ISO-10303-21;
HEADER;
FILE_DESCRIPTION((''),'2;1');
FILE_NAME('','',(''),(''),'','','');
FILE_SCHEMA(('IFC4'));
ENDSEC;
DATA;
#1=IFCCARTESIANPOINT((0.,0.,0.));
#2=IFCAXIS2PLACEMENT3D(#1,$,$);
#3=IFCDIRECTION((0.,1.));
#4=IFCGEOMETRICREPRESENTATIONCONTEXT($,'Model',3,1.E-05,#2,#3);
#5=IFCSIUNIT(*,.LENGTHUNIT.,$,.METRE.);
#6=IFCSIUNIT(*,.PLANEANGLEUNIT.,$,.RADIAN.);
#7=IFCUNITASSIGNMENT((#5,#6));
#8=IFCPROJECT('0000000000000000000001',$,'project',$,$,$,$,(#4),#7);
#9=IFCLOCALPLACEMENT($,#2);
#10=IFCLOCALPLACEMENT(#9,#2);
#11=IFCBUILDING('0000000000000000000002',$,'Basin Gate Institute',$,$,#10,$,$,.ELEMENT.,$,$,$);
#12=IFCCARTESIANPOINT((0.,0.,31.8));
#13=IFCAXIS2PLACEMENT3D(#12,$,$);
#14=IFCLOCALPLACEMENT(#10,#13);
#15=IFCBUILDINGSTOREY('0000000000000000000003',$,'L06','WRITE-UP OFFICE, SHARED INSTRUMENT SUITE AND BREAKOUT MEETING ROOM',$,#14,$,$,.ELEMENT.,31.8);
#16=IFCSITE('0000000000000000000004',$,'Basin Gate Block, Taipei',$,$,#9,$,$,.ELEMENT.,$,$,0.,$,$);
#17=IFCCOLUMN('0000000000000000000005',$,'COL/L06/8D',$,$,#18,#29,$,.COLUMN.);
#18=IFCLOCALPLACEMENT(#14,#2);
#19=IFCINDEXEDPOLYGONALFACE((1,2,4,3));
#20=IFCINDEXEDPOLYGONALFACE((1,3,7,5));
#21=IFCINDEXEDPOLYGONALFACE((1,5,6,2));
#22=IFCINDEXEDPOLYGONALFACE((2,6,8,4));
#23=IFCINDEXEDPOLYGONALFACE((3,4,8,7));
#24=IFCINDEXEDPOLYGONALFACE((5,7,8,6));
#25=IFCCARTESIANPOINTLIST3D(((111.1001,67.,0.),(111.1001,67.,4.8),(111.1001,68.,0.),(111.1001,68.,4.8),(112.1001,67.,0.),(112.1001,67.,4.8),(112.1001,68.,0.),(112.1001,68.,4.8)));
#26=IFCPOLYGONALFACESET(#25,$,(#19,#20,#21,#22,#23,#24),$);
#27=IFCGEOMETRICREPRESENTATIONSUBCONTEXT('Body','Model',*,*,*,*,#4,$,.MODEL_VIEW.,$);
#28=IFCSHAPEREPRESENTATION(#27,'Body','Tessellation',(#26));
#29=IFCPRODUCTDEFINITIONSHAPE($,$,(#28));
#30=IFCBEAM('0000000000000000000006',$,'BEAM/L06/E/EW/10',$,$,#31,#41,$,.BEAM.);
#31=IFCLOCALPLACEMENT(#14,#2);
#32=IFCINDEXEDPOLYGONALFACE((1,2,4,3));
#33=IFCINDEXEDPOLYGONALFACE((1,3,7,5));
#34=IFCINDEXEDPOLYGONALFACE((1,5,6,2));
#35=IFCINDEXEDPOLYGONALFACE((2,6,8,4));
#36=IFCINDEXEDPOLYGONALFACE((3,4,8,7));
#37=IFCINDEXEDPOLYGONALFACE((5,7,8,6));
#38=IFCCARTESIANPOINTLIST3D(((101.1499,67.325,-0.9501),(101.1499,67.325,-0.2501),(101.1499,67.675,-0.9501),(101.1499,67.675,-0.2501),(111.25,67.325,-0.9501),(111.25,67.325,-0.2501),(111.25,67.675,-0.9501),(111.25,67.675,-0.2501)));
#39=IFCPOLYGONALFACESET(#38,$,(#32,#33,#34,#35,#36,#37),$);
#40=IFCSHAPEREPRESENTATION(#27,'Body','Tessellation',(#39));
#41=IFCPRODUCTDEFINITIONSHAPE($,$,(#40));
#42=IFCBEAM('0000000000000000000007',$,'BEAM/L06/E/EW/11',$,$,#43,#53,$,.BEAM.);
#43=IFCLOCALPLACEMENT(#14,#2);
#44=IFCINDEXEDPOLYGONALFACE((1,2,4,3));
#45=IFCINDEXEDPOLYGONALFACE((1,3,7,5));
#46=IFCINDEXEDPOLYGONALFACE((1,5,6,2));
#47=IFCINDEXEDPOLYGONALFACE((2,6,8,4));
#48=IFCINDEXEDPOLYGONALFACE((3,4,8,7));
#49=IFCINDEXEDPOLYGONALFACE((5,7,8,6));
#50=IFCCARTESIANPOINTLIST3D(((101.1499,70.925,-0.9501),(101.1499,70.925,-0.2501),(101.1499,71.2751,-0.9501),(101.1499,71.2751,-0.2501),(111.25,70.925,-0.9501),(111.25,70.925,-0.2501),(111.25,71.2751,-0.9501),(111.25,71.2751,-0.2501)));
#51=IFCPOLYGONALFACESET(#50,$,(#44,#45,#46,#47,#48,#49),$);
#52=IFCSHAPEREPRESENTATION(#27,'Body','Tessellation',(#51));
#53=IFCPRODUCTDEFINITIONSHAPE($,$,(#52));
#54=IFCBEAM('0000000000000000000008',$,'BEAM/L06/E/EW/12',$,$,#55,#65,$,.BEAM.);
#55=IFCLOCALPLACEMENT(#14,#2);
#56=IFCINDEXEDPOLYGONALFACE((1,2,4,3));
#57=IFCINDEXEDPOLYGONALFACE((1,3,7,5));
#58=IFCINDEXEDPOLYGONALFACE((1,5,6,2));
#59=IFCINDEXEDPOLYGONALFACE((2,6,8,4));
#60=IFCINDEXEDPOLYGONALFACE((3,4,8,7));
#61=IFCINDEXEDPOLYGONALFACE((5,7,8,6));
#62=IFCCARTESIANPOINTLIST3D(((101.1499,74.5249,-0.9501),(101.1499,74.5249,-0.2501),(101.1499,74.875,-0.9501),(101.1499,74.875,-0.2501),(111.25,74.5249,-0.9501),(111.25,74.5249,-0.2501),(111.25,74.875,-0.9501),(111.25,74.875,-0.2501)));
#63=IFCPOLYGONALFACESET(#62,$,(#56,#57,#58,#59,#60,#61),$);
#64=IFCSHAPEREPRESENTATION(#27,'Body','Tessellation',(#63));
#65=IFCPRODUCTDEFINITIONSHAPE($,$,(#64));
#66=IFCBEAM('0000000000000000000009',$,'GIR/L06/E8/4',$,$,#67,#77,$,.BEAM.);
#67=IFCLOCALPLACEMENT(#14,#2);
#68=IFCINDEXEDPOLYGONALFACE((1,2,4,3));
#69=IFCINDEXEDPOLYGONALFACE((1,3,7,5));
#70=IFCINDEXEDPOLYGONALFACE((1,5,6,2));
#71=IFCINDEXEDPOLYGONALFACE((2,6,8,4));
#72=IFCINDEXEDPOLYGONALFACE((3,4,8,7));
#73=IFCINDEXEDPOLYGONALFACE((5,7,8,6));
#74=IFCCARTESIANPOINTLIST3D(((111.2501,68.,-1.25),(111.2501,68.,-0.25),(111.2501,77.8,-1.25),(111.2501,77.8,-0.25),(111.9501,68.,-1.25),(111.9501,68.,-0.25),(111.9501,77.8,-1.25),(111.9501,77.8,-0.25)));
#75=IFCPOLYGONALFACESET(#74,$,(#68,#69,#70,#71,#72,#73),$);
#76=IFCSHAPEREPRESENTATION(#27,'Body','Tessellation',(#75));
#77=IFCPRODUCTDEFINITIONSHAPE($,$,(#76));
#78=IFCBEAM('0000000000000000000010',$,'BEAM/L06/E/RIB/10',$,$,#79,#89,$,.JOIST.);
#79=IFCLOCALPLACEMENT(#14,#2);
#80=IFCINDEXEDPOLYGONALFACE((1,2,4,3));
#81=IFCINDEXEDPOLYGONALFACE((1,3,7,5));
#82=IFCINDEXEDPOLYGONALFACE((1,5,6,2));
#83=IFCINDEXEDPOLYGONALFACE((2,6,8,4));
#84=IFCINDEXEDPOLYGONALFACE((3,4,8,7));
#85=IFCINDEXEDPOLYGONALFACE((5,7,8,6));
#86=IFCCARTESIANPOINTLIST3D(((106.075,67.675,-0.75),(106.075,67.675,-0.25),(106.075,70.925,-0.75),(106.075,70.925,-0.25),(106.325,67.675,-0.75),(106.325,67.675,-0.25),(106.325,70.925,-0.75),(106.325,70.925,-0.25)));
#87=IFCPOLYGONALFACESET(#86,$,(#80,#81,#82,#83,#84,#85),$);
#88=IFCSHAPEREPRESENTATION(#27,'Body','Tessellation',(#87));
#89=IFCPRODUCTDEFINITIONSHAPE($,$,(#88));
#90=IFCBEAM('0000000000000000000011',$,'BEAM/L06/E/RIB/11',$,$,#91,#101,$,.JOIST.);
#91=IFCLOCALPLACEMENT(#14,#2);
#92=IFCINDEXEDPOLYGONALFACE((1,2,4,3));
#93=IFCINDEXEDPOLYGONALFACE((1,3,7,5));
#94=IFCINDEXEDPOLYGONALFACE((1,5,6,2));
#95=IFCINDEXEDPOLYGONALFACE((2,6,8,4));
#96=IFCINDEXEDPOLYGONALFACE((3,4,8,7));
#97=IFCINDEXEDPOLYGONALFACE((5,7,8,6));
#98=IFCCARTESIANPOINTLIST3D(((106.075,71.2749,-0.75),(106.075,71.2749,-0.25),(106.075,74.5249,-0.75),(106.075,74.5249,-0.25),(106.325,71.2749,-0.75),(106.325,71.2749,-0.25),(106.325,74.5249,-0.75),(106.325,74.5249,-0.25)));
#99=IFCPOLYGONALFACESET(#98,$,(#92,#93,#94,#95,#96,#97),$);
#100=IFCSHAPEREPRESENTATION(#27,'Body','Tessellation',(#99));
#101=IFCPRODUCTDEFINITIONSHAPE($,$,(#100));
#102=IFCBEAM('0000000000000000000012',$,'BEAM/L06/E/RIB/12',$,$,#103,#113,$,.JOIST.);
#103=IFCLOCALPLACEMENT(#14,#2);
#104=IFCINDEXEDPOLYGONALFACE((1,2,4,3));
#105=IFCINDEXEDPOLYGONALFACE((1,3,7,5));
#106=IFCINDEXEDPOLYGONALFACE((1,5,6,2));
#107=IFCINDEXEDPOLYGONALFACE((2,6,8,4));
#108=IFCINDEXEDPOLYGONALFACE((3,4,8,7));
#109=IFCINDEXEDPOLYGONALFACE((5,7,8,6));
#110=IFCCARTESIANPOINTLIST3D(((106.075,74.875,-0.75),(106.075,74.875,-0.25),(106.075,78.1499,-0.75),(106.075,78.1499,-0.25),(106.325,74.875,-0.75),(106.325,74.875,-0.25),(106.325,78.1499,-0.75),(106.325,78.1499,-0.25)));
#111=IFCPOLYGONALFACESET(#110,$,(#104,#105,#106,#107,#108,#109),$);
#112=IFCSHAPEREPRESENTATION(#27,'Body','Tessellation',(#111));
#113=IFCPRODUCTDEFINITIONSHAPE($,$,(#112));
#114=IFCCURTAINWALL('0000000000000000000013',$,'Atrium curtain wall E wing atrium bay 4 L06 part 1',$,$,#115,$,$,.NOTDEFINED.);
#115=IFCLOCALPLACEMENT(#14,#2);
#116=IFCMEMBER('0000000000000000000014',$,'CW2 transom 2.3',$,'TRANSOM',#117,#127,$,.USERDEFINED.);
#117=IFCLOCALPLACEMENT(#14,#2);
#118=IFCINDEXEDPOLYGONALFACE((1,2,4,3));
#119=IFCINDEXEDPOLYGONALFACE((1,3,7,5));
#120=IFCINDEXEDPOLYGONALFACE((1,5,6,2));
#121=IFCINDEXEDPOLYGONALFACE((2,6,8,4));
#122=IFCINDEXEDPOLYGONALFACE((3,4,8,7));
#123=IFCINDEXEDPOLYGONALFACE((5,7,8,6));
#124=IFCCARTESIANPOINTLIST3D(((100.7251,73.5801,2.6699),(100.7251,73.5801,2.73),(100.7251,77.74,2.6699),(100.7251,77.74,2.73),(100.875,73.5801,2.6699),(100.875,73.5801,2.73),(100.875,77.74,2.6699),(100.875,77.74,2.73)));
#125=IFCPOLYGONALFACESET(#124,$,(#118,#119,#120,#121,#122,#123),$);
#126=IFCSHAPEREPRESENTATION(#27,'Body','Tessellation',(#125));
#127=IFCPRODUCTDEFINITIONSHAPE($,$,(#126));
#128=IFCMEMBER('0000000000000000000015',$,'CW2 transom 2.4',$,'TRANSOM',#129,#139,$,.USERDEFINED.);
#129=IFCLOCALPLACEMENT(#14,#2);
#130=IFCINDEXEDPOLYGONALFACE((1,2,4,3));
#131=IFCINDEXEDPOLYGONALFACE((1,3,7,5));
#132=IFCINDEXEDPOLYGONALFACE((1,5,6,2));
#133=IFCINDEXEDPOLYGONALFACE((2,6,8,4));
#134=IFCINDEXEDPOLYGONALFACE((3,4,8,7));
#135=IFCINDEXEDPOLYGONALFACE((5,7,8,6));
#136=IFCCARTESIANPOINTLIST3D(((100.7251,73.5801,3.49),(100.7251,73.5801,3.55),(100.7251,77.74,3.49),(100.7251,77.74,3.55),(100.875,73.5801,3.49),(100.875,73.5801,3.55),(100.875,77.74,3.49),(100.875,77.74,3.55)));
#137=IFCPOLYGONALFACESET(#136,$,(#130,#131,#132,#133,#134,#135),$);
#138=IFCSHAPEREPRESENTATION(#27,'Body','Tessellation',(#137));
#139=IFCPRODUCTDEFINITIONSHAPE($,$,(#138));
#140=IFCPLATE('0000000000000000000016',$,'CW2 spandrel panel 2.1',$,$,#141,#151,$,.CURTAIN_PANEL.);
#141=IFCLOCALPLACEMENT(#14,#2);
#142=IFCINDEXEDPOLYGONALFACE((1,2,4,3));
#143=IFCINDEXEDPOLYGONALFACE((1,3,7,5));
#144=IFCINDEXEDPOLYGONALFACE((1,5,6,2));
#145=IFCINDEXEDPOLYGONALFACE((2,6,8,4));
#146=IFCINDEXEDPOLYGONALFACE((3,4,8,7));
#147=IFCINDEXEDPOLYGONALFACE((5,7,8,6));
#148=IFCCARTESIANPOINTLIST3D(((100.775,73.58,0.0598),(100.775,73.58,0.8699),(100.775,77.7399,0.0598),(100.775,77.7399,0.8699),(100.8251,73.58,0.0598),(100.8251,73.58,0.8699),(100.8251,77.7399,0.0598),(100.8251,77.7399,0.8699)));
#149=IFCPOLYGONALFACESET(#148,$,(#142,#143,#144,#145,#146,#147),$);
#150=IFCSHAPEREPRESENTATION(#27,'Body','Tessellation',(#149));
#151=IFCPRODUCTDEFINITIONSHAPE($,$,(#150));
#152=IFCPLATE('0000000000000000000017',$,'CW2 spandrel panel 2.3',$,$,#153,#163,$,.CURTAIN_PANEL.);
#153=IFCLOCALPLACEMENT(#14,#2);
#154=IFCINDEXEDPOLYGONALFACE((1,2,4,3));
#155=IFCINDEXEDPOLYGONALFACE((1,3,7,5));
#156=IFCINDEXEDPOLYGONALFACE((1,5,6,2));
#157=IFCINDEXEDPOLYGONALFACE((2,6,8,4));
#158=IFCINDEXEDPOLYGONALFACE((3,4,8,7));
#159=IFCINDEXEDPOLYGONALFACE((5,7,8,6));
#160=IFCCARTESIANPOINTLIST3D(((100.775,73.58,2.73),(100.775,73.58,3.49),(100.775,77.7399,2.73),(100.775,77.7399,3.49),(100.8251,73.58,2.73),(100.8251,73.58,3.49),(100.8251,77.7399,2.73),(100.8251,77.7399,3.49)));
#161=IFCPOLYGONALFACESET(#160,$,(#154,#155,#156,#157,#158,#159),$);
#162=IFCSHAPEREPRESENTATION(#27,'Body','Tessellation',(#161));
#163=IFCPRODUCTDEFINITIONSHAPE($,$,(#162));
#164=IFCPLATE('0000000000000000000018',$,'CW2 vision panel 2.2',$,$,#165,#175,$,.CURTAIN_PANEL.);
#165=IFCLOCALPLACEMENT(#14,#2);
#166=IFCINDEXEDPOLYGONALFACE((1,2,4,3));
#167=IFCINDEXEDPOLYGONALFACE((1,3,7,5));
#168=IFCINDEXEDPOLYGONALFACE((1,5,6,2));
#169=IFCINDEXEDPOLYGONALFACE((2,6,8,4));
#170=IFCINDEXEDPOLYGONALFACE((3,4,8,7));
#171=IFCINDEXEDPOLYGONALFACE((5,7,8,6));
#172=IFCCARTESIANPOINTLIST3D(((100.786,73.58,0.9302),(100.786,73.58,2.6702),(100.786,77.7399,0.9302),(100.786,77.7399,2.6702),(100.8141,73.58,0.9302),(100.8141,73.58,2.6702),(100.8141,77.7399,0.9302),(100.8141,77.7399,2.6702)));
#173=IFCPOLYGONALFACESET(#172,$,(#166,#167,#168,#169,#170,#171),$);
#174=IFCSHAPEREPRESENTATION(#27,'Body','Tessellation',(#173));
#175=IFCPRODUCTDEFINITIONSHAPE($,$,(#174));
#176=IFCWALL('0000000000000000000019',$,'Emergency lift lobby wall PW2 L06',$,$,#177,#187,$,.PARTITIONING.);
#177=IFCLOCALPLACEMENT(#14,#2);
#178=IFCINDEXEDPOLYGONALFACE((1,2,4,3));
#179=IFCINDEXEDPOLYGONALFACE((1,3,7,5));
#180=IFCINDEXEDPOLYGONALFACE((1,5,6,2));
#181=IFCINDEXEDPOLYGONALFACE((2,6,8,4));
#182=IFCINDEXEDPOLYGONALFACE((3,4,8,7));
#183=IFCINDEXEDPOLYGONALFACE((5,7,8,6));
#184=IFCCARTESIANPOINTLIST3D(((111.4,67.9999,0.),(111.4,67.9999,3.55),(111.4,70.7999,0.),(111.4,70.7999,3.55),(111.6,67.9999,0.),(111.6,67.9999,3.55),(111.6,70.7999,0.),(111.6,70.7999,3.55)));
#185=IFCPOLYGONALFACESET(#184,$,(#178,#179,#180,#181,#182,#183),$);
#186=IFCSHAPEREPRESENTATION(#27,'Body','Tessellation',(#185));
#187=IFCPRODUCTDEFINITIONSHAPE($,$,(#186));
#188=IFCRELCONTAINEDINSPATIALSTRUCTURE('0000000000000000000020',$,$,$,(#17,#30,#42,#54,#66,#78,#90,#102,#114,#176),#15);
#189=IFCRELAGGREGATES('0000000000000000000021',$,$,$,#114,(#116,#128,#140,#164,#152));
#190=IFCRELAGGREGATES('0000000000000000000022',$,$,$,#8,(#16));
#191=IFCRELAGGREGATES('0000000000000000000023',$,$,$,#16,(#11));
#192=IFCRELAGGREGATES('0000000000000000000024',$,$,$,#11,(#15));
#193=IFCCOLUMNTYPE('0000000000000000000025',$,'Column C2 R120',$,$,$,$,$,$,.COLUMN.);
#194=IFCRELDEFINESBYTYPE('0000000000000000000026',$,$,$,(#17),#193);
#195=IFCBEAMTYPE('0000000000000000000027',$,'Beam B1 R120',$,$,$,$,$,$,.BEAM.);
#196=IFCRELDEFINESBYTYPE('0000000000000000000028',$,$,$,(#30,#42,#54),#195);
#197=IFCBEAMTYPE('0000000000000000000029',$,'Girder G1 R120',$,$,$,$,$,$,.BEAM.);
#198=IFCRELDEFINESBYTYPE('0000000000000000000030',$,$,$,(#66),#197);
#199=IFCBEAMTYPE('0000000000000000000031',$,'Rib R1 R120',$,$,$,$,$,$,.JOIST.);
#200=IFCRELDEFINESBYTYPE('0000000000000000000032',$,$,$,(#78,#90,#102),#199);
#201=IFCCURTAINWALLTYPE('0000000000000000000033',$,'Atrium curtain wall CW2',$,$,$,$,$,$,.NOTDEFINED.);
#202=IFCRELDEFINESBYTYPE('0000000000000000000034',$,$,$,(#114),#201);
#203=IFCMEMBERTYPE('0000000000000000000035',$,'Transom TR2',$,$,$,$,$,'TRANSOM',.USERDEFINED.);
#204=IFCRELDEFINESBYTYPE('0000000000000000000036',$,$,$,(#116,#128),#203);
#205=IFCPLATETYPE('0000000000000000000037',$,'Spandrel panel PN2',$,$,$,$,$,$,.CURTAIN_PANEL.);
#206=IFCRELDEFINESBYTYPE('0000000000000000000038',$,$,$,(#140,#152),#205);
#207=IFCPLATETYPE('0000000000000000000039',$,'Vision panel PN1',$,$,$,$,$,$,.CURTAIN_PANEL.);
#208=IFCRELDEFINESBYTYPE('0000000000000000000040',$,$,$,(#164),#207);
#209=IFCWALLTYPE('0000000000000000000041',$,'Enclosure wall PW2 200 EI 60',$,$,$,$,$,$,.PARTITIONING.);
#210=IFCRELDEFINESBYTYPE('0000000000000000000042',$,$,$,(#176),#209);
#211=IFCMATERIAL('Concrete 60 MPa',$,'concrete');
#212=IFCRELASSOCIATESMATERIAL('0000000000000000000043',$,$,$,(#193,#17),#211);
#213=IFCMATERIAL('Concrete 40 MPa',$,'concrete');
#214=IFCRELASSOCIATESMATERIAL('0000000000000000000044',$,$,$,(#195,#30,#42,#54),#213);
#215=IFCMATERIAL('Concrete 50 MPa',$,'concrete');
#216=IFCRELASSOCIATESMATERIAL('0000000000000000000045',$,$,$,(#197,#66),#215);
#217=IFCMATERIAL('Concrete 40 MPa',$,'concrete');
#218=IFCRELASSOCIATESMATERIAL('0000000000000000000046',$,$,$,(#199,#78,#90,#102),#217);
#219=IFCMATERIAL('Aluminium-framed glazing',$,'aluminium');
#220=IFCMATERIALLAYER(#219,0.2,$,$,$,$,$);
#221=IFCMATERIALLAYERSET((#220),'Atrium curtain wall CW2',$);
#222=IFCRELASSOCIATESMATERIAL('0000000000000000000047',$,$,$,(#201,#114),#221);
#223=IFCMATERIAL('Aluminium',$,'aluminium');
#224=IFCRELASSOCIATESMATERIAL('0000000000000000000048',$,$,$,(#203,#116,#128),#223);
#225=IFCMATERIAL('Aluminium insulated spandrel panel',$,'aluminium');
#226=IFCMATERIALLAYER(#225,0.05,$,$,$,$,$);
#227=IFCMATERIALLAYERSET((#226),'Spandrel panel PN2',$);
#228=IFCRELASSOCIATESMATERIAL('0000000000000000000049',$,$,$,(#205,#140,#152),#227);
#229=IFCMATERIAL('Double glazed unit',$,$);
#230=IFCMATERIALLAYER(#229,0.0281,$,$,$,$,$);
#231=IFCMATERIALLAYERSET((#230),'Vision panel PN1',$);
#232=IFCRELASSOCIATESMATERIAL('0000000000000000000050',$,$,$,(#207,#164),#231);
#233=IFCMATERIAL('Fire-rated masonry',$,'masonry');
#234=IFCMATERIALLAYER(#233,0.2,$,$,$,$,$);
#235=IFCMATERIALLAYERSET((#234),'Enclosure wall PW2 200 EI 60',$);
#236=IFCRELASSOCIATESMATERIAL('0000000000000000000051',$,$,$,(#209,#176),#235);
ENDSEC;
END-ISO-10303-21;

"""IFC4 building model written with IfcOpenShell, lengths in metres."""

from ifc_helpers import new_model, si_unit, direction, frame, frame_2d, origin, origin_2d, place, context, subcontext, project, spatial, rectangle, extrude, material, layer, layer_set, material_profile, profile_set, type_object, element, aggregate, save


model = new_model("IFC4")

# Units and contexts
model_context = context("Model", 3, precision=1e-05, world=origin(), true_north=direction((0.0, 1.0)))
body_context = subcontext(model_context, "Body", "Model", "MODEL_VIEW")
ifc_project = project(units=[si_unit("LENGTHUNIT", "METRE"), si_unit("PLANEANGLEUNIT", "RADIAN")], contexts=[model_context])

# Site, building, storey
site_placement = place(None, origin())
site = spatial("IfcSite", under=ifc_project, at=site_placement, Name="Basin Gate Block, Taipei", CompositionType="ELEMENT", RefElevation=0.0)
building_placement = place(site_placement, origin())
building = spatial("IfcBuilding", under=site, at=building_placement, Name="Basin Gate Institute", CompositionType="ELEMENT")
storey_placement = place(building_placement, frame((0.0, 0.0, 31.8)))
storey = spatial("IfcBuildingStorey", under=building, at=storey_placement, Name="L06", Description="WRITE-UP OFFICE, SHARED INSTRUMENT SUITE AND BREAKOUT MEETING ROOM", CompositionType="ELEMENT", Elevation=31.8)

# Column
ifc_material_1 = material(Name="Concrete 60 MPa", Category="concrete")
ifc_material_profile_1 = material_profile(ifc_material_1, rectangle(XDim=1.0, YDim=1.0, at=origin_2d()), Name="Column C2 1000 x 1000")
ifc_profile_set_1 = profile_set([ifc_material_profile_1], Name="Concrete 60 MPa")
column_type = type_object("IfcColumnType", Name="Column C2 R120", PredefinedType="COLUMN", material=ifc_profile_set_1)
column_placement = place(storey_placement, frame((111.6001, 67.5, 0.0), z_axis=(0.0, 0.0, 1.0), x_axis=(1.0, 0.0, 0.0)))
element("IfcColumn", 1, at=column_placement, inside=storey, type_object=column_type, material=ifc_profile_set_1, Name="COL/L06/8D", PredefinedType="COLUMN", context=body_context, shape_type="SweptSolid", body=[
    extrude(rectangle(XDim=1.0, YDim=1.0, at=origin_2d()), origin(), (0.0, 0.0, 1.0), 4.8),
])

# Beams
ifc_material_2 = material(Name="Concrete 40 MPa", Category="concrete")
ifc_material_profile_2 = material_profile(ifc_material_2, rectangle(XDim=0.3501, YDim=0.7, at=origin_2d()), Name="Beam B1 350 x 700")
ifc_profile_set_2 = profile_set([ifc_material_profile_2], Name="Concrete 40 MPa")
beam_type_1 = type_object("IfcBeamType", Name="Beam B1 R120", PredefinedType="BEAM", material=ifc_profile_set_2)
for number, where, z_axis, x_axis, name in (
    (2, (111.25, 67.5, -0.6001), (-1.0, 0.0, 0.0), (0.0, -1.0, 0.0), "BEAM/L06/E/EW/10"),
    (3, (111.25, 71.1001, -0.6001), (-1.0, 0.0, 0.0), (0.0, -1.0, 0.0), "BEAM/L06/E/EW/11"),
    (4, (111.25, 74.7, -0.6001), (-1.0, 0.0, 0.0), (0.0, -1.0, 0.0), "BEAM/L06/E/EW/12"),
):
    element("IfcBeam", number, at=place(storey_placement, frame(where, z_axis=z_axis, x_axis=x_axis)), inside=storey, type_object=beam_type_1, material=ifc_profile_set_2, Name=name, PredefinedType="BEAM", context=body_context, shape_type="SweptSolid", body=[
        extrude(rectangle(XDim=0.3501, YDim=0.7, at=origin_2d()), origin(), (0.0, 0.0, 1.0), 10.1001),
    ])
ifc_material_3 = material(Name="Concrete 50 MPa", Category="concrete")
ifc_material_profile_3 = material_profile(ifc_material_3, rectangle(XDim=0.7, YDim=1.0, at=origin_2d()), Name="Girder G1 700 x 1000")
ifc_profile_set_3 = profile_set([ifc_material_profile_3], Name="Concrete 50 MPa")
beam_type_2 = type_object("IfcBeamType", Name="Girder G1 R120", PredefinedType="BEAM", material=ifc_profile_set_3)
beam_1_placement = place(storey_placement, frame((111.6001, 68.0, -0.75), z_axis=(0.0, 1.0, 0.0), x_axis=(-1.0, 0.0, 0.0)))
element("IfcBeam", 5, at=beam_1_placement, inside=storey, type_object=beam_type_2, material=ifc_profile_set_3, Name="GIR/L06/E8/4", PredefinedType="BEAM", context=body_context, shape_type="SweptSolid", body=[
    extrude(rectangle(XDim=0.7, YDim=1.0, at=origin_2d()), origin(), (0.0, 0.0, 1.0), 9.8),
])
ifc_material_4 = material(Name="Concrete 40 MPa", Category="concrete")
ifc_material_profile_4 = material_profile(ifc_material_4, rectangle(XDim=0.25, YDim=0.5, at=origin_2d()), Name="Rib R1 250 x 500")
ifc_profile_set_4 = profile_set([ifc_material_profile_4], Name="Concrete 40 MPa")
beam_type_3 = type_object("IfcBeamType", Name="Rib R1 R120", PredefinedType="JOIST", material=ifc_profile_set_4)
for number, where, z_axis, x_axis, name in (
    (6, (106.2, 67.675, -0.5), (0.0, 1.0, 0.0), (-1.0, 0.0, 0.0), "BEAM/L06/E/RIB/10"),
    (7, (106.2, 71.2749, -0.5), (0.0, 1.0, 0.0), (-1.0, 0.0, 0.0), "BEAM/L06/E/RIB/11"),
):
    element("IfcBeam", number, at=place(storey_placement, frame(where, z_axis=z_axis, x_axis=x_axis)), inside=storey, type_object=beam_type_3, material=ifc_profile_set_4, Name=name, PredefinedType="JOIST", context=body_context, shape_type="SweptSolid", body=[
        extrude(rectangle(XDim=0.25, YDim=0.5, at=origin_2d()), origin(), (0.0, 0.0, 1.0), 3.25),
    ])
beam_2_placement = place(storey_placement, frame((106.2, 74.875, -0.5), z_axis=(0.0, 1.0, 0.0), x_axis=(-1.0, 0.0, 0.0)))
element("IfcBeam", 8, at=beam_2_placement, inside=storey, type_object=beam_type_3, material=ifc_profile_set_4, Name="BEAM/L06/E/RIB/12", PredefinedType="JOIST", context=body_context, shape_type="SweptSolid", body=[
    extrude(rectangle(XDim=0.25, YDim=0.5, at=origin_2d()), origin(), (0.0, 0.0, 1.0), 3.2749),
])

# Curtain wall, members, plates
ifc_material_5 = material(Name="Aluminium-framed glazing", Category="aluminium")
ifc_layer_1 = layer(ifc_material_5, 0.2)
ifc_layer_set_1 = layer_set([ifc_layer_1], Name="Atrium curtain wall CW2")
curtain_wall_type = type_object("IfcCurtainWallType", Name="Atrium curtain wall CW2", PredefinedType="NOTDEFINED", material=ifc_layer_set_1)
curtain_wall_placement = place(storey_placement, origin())
curtain_wall = element("IfcCurtainWall", 9, at=curtain_wall_placement, inside=storey, type_object=curtain_wall_type, material=ifc_layer_set_1, Name="Atrium curtain wall E wing atrium bay 4 L06 part 1", PredefinedType="NOTDEFINED")
ifc_material_6 = material(Name="Aluminium", Category="aluminium")
ifc_material_profile_5 = material_profile(ifc_material_6, rectangle(XDim=0.1499, YDim=0.0601, at=origin_2d()), Name="Transom TR2 150 x 60")
ifc_profile_set_5 = profile_set([ifc_material_profile_5], Name="Aluminium")
member_type = type_object("IfcMemberType", Name="Transom TR2", ElementType="TRANSOM", PredefinedType="USERDEFINED", material=ifc_profile_set_5)
member_1_placement = place(storey_placement, frame((100.8, 73.5801, 2.7), z_axis=(0.0, 1.0, 0.0), x_axis=(-1.0, 0.0, 0.0)))
member_1 = element("IfcMember", 10, at=member_1_placement, type_object=member_type, material=ifc_profile_set_5, Name="CW2 transom 2.3", ObjectType="TRANSOM", PredefinedType="USERDEFINED", context=body_context, shape_type="SweptSolid", body=[
    extrude(rectangle(XDim=0.1499, YDim=0.0601, at=origin_2d()), origin(), (0.0, 0.0, 1.0), 4.1599),
])
member_2_placement = place(storey_placement, frame((100.8, 73.5801, 3.52), z_axis=(0.0, 1.0, 0.0), x_axis=(-1.0, 0.0, 0.0)))
member_2 = element("IfcMember", 11, at=member_2_placement, type_object=member_type, material=ifc_profile_set_5, Name="CW2 transom 2.4", ObjectType="TRANSOM", PredefinedType="USERDEFINED", context=body_context, shape_type="SweptSolid", body=[
    extrude(rectangle(XDim=0.1499, YDim=0.0601, at=origin_2d()), origin(), (0.0, 0.0, 1.0), 4.1599),
])
ifc_material_7 = material(Name="Aluminium insulated spandrel panel", Category="aluminium")
ifc_layer_2 = layer(ifc_material_7, 0.05)
ifc_layer_set_2 = layer_set([ifc_layer_2], Name="Spandrel panel PN2")
plate_type_1 = type_object("IfcPlateType", Name="Spandrel panel PN2", PredefinedType="CURTAIN_PANEL", material=ifc_layer_set_2)
plate_1_placement = place(storey_placement, frame((100.8, 75.6599, 0.0598), z_axis=(0.0, 0.0, 1.0), x_axis=(0.0, 1.0, 0.0)))
plate_1 = element("IfcPlate", 12, at=plate_1_placement, type_object=plate_type_1, material=ifc_layer_set_2, Name="CW2 spandrel panel 2.1", PredefinedType="CURTAIN_PANEL", context=body_context, shape_type="SweptSolid", body=[
    extrude(rectangle(XDim=4.1599, YDim=0.05, at=origin_2d()), origin(), (0.0, 0.0, 1.0), 0.8101),
])
plate_2_placement = place(storey_placement, frame((100.8, 75.6599, 2.73), z_axis=(0.0, 0.0, 1.0), x_axis=(0.0, 1.0, 0.0)))
plate_2 = element("IfcPlate", 13, at=plate_2_placement, type_object=plate_type_1, material=ifc_layer_set_2, Name="CW2 spandrel panel 2.3", PredefinedType="CURTAIN_PANEL", context=body_context, shape_type="SweptSolid", body=[
    extrude(rectangle(XDim=4.1599, YDim=0.05, at=origin_2d()), origin(), (0.0, 0.0, 1.0), 0.76),
])
ifc_material_8 = material(Name="Double glazed unit")
ifc_layer_3 = layer(ifc_material_8, 0.0281)
ifc_layer_set_3 = layer_set([ifc_layer_3], Name="Vision panel PN1")
plate_type_2 = type_object("IfcPlateType", Name="Vision panel PN1", PredefinedType="CURTAIN_PANEL", material=ifc_layer_set_3)
plate_3_placement = place(storey_placement, frame((100.8, 75.6599, 0.9302), z_axis=(0.0, 0.0, 1.0), x_axis=(0.0, 1.0, 0.0)))
plate_3 = element("IfcPlate", 14, at=plate_3_placement, type_object=plate_type_2, material=ifc_layer_set_3, Name="CW2 vision panel 2.2", PredefinedType="CURTAIN_PANEL", context=body_context, shape_type="SweptSolid", body=[
    extrude(rectangle(XDim=4.1599, YDim=0.0281, at=origin_2d()), origin(), (0.0, 0.0, 1.0), 1.74),
])
aggregate(curtain_wall, [member_1, member_2, plate_1, plate_3, plate_2])

# Wall
ifc_material_9 = material(Name="Fire-rated masonry", Category="masonry")
ifc_layer_4 = layer(ifc_material_9, 0.2)
ifc_layer_set_4 = layer_set([ifc_layer_4], Name="Enclosure wall PW2 200 EI 60")
wall_type_1 = type_object("IfcWallType", Name="Enclosure wall PW2 200 EI 60", PredefinedType="PARTITIONING", material=ifc_layer_set_4)
wall_1_placement = place(storey_placement, frame((111.5, 68.0, 0.0), z_axis=(0.0, 0.0, 1.0), x_axis=(0.0, 1.0, 0.0)))
element("IfcWall", 15, at=wall_1_placement, inside=storey, type_object=wall_type_1, material=ifc_layer_set_4, Name="Emergency lift lobby wall PW2 L06", PredefinedType="PARTITIONING", context=body_context, shape_type="SweptSolid", body=[
    extrude(rectangle(XDim=2.8, YDim=0.2, at=frame_2d((1.3999, 0.0))), origin(), (0.0, 0.0, 1.0), 3.55),
])

save(model, "model.ifc")
